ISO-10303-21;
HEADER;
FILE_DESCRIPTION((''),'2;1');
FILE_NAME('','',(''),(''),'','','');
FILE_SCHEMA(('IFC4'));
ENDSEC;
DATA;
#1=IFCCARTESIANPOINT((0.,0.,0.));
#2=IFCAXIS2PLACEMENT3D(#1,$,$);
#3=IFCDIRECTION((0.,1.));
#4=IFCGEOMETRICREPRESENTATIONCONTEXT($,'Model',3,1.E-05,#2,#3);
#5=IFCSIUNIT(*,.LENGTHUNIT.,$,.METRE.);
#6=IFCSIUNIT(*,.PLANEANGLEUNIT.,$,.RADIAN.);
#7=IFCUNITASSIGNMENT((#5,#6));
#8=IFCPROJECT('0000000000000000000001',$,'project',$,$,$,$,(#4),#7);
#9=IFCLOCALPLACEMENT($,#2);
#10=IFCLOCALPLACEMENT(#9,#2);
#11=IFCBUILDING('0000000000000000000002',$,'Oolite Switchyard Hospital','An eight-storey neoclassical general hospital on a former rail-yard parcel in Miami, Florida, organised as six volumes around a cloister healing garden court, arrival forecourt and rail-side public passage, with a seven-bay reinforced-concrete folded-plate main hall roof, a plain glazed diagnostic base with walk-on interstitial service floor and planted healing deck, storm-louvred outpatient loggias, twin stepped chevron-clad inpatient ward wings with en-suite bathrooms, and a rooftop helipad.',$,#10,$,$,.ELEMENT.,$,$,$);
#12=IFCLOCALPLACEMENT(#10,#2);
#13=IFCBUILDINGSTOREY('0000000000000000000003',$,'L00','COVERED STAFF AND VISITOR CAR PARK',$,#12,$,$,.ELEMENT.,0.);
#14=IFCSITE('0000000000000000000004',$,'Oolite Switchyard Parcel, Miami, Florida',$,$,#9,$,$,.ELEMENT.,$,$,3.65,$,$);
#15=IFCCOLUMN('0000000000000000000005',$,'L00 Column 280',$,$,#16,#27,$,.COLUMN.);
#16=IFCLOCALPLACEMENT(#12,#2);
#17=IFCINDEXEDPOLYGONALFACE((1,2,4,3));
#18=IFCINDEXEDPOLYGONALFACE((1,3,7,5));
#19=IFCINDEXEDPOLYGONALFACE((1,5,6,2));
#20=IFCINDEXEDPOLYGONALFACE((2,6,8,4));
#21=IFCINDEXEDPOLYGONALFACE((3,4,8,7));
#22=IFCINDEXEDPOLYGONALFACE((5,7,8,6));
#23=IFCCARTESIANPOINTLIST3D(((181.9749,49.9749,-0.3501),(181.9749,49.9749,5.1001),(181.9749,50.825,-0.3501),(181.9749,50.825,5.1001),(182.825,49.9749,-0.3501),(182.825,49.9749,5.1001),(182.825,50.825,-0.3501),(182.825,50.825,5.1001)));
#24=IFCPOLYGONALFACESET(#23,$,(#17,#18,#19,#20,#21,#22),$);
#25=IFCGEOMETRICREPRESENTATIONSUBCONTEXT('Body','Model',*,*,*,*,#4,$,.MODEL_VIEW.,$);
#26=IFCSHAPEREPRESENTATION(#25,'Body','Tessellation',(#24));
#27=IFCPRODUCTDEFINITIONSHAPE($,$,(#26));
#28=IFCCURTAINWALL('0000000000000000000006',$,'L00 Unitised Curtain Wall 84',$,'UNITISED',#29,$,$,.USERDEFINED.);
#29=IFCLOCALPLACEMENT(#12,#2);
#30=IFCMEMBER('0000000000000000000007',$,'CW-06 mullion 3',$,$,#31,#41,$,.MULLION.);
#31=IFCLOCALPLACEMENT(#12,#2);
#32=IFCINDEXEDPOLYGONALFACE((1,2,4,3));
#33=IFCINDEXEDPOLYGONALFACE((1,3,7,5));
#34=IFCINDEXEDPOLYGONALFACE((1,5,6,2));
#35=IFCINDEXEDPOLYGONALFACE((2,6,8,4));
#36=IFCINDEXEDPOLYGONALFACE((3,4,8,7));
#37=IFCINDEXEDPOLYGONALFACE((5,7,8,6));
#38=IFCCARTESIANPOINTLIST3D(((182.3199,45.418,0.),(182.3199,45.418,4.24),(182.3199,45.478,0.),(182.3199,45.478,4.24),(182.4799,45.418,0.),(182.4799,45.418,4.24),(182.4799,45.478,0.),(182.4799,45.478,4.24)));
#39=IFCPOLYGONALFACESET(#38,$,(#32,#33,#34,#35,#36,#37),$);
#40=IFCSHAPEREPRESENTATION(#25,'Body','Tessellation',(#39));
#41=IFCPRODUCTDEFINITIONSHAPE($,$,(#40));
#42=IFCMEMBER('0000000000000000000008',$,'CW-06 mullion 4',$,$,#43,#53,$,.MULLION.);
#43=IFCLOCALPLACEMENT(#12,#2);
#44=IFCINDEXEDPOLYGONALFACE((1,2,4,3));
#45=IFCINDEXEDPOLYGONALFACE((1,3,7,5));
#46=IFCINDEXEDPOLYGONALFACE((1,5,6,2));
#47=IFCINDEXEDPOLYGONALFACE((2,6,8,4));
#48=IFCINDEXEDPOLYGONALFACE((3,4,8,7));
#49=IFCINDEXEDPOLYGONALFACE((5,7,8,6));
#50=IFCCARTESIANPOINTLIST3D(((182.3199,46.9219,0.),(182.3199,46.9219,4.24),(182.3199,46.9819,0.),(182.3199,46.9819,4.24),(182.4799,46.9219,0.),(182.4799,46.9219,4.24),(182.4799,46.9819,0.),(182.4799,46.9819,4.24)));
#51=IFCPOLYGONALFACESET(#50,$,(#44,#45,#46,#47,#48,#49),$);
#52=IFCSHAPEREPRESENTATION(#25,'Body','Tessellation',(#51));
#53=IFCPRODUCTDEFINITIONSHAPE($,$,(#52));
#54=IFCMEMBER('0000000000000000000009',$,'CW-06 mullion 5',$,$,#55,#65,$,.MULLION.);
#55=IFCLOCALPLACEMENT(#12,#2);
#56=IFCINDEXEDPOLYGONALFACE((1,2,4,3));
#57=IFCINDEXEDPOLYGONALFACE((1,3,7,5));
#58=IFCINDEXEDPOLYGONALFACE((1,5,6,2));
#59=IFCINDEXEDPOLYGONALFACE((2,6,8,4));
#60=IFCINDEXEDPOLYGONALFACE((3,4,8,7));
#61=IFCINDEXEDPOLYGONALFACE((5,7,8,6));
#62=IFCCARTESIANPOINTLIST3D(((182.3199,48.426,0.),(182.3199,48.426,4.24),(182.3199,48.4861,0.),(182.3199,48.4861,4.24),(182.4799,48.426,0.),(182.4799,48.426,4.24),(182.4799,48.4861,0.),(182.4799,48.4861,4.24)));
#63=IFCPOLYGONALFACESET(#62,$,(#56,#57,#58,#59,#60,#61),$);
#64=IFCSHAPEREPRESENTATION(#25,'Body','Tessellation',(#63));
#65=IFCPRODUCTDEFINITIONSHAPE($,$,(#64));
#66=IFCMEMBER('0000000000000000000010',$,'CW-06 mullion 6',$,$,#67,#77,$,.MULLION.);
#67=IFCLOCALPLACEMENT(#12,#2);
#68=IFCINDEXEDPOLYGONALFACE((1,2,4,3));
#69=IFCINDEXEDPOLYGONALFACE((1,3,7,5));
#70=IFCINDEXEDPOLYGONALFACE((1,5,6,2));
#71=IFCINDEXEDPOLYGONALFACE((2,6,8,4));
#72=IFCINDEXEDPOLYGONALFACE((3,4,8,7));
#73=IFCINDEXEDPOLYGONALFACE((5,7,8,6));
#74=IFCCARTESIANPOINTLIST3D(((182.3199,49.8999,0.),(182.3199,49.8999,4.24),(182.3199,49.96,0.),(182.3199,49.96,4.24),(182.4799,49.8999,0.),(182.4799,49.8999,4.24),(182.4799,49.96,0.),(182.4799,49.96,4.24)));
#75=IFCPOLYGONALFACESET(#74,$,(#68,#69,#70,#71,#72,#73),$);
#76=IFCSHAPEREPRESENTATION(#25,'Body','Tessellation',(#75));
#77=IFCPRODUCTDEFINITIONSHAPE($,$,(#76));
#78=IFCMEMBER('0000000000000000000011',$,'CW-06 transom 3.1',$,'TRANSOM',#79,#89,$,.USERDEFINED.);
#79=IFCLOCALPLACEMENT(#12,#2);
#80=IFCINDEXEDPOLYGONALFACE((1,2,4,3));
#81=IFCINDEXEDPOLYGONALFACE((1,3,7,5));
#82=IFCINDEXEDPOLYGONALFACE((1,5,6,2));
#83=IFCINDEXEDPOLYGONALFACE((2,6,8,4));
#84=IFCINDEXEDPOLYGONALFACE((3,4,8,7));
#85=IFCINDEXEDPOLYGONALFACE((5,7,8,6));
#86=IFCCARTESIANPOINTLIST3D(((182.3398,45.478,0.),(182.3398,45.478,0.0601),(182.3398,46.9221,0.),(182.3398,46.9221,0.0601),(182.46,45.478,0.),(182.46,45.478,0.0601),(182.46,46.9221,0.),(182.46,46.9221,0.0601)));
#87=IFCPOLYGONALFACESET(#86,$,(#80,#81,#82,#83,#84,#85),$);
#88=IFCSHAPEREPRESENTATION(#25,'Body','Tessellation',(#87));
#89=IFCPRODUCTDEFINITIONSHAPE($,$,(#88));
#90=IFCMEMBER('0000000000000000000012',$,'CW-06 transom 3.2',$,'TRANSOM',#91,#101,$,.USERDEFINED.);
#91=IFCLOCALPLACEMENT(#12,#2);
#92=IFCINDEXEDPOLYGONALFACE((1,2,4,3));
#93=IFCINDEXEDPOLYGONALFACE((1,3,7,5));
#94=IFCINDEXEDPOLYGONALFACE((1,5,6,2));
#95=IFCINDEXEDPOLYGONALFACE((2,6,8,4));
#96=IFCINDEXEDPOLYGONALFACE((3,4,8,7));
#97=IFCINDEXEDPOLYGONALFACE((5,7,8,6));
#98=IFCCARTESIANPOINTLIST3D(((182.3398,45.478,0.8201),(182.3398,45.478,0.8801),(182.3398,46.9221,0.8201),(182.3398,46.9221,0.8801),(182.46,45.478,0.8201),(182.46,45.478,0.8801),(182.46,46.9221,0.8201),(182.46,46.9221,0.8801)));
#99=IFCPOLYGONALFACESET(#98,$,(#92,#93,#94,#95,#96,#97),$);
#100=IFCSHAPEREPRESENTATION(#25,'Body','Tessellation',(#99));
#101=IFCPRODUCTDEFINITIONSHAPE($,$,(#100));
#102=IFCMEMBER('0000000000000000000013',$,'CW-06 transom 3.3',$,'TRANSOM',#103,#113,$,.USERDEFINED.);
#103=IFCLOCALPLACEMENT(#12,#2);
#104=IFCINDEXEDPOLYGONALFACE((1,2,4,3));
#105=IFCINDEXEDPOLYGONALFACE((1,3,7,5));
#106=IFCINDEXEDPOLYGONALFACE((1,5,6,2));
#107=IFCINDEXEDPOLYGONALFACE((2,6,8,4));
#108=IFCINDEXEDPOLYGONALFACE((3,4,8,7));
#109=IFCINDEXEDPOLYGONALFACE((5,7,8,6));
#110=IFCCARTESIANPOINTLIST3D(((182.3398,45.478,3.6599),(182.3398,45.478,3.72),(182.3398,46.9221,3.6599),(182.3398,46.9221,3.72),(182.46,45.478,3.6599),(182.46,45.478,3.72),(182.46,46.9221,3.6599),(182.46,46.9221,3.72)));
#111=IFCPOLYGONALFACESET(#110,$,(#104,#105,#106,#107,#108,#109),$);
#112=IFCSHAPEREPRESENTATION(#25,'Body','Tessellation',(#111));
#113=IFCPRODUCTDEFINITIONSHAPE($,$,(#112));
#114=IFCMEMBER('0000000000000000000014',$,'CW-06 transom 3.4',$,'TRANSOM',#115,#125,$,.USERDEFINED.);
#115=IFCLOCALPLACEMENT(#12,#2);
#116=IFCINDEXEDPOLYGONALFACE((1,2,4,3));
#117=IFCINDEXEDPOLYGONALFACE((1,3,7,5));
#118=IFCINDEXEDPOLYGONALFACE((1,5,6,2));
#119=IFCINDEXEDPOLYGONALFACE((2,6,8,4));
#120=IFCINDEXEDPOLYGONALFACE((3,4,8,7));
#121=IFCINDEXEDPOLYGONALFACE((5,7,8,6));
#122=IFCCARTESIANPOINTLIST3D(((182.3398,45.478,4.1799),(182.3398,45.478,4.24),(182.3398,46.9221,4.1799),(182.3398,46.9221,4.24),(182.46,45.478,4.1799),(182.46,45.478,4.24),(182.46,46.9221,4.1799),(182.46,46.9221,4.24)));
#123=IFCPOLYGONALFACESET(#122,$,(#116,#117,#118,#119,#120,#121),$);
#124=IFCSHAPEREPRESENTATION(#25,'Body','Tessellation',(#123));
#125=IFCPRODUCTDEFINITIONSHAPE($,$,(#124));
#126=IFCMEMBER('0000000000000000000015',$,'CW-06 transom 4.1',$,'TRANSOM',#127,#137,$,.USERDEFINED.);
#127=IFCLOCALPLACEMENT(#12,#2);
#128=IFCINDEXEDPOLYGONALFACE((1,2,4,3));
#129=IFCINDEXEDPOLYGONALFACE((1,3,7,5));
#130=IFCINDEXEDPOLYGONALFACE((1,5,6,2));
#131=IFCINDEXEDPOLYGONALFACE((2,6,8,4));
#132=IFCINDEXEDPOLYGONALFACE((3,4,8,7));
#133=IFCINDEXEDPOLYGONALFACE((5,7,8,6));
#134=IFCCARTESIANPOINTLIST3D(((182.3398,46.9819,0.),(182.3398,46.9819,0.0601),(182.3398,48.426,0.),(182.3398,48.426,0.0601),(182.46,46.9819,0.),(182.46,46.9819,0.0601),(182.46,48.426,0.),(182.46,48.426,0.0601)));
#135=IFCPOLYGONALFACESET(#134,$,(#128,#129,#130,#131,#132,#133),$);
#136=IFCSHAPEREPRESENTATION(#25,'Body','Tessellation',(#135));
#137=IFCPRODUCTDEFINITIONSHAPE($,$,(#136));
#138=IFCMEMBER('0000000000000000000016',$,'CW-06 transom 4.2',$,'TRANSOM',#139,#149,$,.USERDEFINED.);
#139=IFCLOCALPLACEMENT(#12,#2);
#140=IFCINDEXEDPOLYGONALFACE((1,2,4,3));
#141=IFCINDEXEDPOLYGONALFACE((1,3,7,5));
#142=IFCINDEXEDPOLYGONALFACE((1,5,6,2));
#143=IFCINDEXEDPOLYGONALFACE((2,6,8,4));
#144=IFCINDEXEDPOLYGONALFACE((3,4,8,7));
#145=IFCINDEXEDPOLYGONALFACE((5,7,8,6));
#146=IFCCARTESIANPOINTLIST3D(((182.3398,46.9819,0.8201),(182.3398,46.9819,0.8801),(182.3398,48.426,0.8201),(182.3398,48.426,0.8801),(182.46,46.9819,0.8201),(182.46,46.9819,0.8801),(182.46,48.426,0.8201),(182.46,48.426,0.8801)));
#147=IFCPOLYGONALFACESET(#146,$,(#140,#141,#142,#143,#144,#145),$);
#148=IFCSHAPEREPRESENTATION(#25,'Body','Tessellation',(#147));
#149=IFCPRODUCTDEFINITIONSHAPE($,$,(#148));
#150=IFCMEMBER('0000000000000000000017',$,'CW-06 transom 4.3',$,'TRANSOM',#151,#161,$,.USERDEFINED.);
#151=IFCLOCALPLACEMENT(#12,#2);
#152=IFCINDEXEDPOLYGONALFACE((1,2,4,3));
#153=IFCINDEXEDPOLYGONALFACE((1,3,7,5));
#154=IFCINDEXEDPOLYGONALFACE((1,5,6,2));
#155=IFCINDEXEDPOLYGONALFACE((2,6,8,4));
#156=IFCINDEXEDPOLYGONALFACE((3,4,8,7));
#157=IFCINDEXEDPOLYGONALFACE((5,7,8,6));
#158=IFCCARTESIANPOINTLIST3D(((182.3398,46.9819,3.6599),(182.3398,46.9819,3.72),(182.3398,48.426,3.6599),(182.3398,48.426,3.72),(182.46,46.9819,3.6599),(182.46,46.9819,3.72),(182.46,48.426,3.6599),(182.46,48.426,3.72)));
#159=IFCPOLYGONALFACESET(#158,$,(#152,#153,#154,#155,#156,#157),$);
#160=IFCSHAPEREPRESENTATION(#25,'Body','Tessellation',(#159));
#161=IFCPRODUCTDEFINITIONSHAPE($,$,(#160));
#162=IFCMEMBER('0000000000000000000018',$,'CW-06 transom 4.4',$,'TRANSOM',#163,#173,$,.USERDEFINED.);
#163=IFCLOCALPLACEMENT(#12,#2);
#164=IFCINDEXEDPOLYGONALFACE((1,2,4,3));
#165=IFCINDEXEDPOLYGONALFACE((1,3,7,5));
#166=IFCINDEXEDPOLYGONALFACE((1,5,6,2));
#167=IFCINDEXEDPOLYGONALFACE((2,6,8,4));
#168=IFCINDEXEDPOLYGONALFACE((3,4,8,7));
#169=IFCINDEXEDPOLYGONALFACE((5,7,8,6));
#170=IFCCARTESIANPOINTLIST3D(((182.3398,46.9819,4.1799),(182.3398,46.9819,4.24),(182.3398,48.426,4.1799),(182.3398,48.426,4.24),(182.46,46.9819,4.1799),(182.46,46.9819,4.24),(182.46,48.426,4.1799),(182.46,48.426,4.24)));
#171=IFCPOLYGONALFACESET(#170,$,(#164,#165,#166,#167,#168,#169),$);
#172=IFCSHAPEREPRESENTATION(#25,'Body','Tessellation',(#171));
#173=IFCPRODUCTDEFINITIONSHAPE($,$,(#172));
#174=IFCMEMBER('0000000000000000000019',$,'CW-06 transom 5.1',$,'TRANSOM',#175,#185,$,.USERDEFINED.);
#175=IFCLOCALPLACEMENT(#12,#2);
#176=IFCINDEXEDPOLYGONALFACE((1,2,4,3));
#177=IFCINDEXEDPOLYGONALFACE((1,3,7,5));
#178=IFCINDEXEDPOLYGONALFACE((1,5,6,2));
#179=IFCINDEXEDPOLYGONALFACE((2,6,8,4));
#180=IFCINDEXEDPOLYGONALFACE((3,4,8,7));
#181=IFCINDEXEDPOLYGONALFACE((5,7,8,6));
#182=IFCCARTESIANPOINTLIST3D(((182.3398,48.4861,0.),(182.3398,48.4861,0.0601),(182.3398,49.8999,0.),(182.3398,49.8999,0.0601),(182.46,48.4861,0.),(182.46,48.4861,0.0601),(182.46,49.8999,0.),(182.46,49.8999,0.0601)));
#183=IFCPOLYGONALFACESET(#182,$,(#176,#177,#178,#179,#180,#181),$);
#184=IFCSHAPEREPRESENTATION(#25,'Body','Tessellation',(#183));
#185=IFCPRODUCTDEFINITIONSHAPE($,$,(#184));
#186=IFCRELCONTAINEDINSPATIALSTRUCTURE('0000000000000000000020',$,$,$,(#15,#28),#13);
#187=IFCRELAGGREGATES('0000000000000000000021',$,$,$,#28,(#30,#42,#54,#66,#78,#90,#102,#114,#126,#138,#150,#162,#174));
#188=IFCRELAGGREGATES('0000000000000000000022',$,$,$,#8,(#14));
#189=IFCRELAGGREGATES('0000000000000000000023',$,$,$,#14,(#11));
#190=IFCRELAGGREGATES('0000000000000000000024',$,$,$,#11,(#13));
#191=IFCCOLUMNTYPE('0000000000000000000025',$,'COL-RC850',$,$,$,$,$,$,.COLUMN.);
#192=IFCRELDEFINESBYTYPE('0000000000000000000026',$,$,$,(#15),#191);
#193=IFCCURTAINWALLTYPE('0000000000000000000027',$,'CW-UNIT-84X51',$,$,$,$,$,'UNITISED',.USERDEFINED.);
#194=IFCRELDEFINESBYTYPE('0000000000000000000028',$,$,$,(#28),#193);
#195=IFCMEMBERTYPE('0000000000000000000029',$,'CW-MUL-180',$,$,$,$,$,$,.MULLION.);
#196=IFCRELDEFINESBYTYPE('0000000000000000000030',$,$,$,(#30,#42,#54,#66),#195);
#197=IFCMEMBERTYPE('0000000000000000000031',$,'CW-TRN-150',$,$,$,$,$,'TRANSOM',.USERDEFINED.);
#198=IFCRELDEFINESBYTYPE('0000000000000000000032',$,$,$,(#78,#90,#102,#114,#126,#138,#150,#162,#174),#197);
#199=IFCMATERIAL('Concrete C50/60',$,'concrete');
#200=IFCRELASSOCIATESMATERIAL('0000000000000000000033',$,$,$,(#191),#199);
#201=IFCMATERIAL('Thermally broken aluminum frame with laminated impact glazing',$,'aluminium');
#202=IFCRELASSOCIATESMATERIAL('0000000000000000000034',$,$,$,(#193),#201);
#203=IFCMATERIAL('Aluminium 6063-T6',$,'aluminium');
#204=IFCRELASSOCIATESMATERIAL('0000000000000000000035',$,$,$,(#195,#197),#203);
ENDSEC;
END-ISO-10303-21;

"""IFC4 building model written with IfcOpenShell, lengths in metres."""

from ifc_helpers import new_model, si_unit, direction, frame, origin, origin_2d, place, context, subcontext, project, spatial, rectangle, extrude, material, material_profile, profile_set, type_object, element, aggregate, save


model = new_model("IFC4")

# Units and contexts
model_context = context("Model", 3, precision=1e-05, world=origin(), true_north=direction((0.0, 1.0)))
body_context = subcontext(model_context, "Body", "Model", "MODEL_VIEW")
ifc_project = project(units=[si_unit("LENGTHUNIT", "METRE"), si_unit("PLANEANGLEUNIT", "RADIAN")], contexts=[model_context])

# Site, building, storey
site_placement = place(None, origin())
site = spatial("IfcSite", under=ifc_project, at=site_placement, Name="Oolite Switchyard Parcel, Miami, Florida", CompositionType="ELEMENT", RefElevation=3.65)
building_placement = place(site_placement, origin())
building = spatial("IfcBuilding", under=site, at=building_placement, Name="Oolite Switchyard Hospital", Description="An eight-storey neoclassical general hospital on a former rail-yard parcel in Miami, Florida, organised as six volumes around a cloister healing garden court, arrival forecourt and rail-side public passage, with a seven-bay reinforced-concrete folded-plate main hall roof, a plain glazed diagnostic base with walk-on interstitial service floor and planted healing deck, storm-louvred outpatient loggias, twin stepped chevron-clad inpatient ward wings with en-suite bathrooms, and a rooftop helipad.", CompositionType="ELEMENT")
storey_placement = place(building_placement, origin())
storey = spatial("IfcBuildingStorey", under=building, at=storey_placement, Name="L00", Description="COVERED STAFF AND VISITOR CAR PARK", CompositionType="ELEMENT", Elevation=0.0)

# Column
ifc_material_1 = material(Name="Concrete C50/60", Category="concrete")
ifc_material_profile_1 = material_profile(ifc_material_1, rectangle(XDim=0.8501, YDim=0.8501, at=origin_2d()), Name="RC850X850")
ifc_profile_set_1 = profile_set([ifc_material_profile_1], Name="Concrete C50/60")
column_type = type_object("IfcColumnType", Name="COL-RC850", PredefinedType="COLUMN", material=ifc_profile_set_1)
column_placement = place(storey_placement, frame((182.3999, 50.3999, -0.3501), z_axis=(0.0, 0.0, 1.0), x_axis=(1.0, 0.0, 0.0)))
element("IfcColumn", 1, at=column_placement, inside=storey, type_object=column_type, Name="L00 Column 280", PredefinedType="COLUMN", context=body_context, shape_type="SweptSolid", body=[
    extrude(rectangle(XDim=0.8501, YDim=0.8501, at=origin_2d()), origin(), (0.0, 0.0, 1.0), 5.4502),
])

# Curtain wall, members
ifc_material_2 = material(Name="Thermally broken aluminum frame with laminated impact glazing", Category="aluminium")
curtain_wall_type = type_object("IfcCurtainWallType", Name="CW-UNIT-84X51", ElementType="UNITISED", PredefinedType="USERDEFINED", material=ifc_material_2)
curtain_wall_placement = place(storey_placement, origin())
curtain_wall = element("IfcCurtainWall", 2, at=curtain_wall_placement, inside=storey, type_object=curtain_wall_type, Name="L00 Unitised Curtain Wall 84", ObjectType="UNITISED", PredefinedType="USERDEFINED")
ifc_material_3 = material(Name="Aluminium 6063-T6", Category="aluminium")
ifc_material_profile_2 = material_profile(ifc_material_3, rectangle(XDim=0.1599, YDim=0.0601, at=origin_2d()), Name="CWM60X160")
ifc_profile_set_2 = profile_set([ifc_material_profile_2], Name="Aluminium 6063-T6")
member_type_1 = type_object("IfcMemberType", Name="CW-MUL-180", PredefinedType="MULLION", material=ifc_profile_set_2)
member_1_placement = place(storey_placement, frame((182.3999, 45.448, 0.0), z_axis=(0.0, 0.0, 1.0), x_axis=(-1.0, 0.0, 0.0)))
member_1 = element("IfcMember", 3, at=member_1_placement, type_object=member_type_1, Name="CW-06 mullion 3", PredefinedType="MULLION", context=body_context, shape_type="SweptSolid", body=[
    extrude(rectangle(XDim=0.1599, YDim=0.0601, at=origin_2d()), origin(), (0.0, 0.0, 1.0), 4.24),
])
member_2_placement = place(storey_placement, frame((182.3999, 46.9519, 0.0), z_axis=(0.0, 0.0, 1.0), x_axis=(-1.0, 0.0, 0.0)))
member_2 = element("IfcMember", 4, at=member_2_placement, type_object=member_type_1, Name="CW-06 mullion 4", PredefinedType="MULLION", context=body_context, shape_type="SweptSolid", body=[
    extrude(rectangle(XDim=0.1599, YDim=0.0601, at=origin_2d()), origin(), (0.0, 0.0, 1.0), 4.24),
])
member_3_placement = place(storey_placement, frame((182.3999, 48.4561, 0.0), z_axis=(0.0, 0.0, 1.0), x_axis=(-1.0, 0.0, 0.0)))
member_3 = element("IfcMember", 5, at=member_3_placement, type_object=member_type_1, Name="CW-06 mullion 5", PredefinedType="MULLION", context=body_context, shape_type="SweptSolid", body=[
    extrude(rectangle(XDim=0.1599, YDim=0.0601, at=origin_2d()), origin(), (0.0, 0.0, 1.0), 4.24),
])
member_4_placement = place(storey_placement, frame((182.3999, 49.9299, 0.0), z_axis=(0.0, 0.0, 1.0), x_axis=(-1.0, 0.0, 0.0)))
member_4 = element("IfcMember", 6, at=member_4_placement, type_object=member_type_1, Name="CW-06 mullion 6", PredefinedType="MULLION", context=body_context, shape_type="SweptSolid", body=[
    extrude(rectangle(XDim=0.1599, YDim=0.0601, at=origin_2d()), origin(), (0.0, 0.0, 1.0), 4.24),
])
ifc_material_profile_3 = material_profile(ifc_material_3, rectangle(XDim=0.1201, YDim=0.0601, at=origin_2d()), Name="CWT60X120")
ifc_profile_set_3 = profile_set([ifc_material_profile_3], Name="Aluminium 6063-T6")
member_type_2 = type_object("IfcMemberType", Name="CW-TRN-150", ElementType="TRANSOM", PredefinedType="USERDEFINED", material=ifc_profile_set_3)
member_5_placement = place(storey_placement, frame((182.3999, 45.478, 0.03), z_axis=(0.0, 1.0, 0.0), x_axis=(-1.0, 0.0, 0.0)))
member_5 = element("IfcMember", 7, at=member_5_placement, type_object=member_type_2, Name="CW-06 transom 3.1", ObjectType="TRANSOM", PredefinedType="USERDEFINED", context=body_context, shape_type="SweptSolid", body=[
    extrude(rectangle(XDim=0.1201, YDim=0.0601, at=origin_2d()), origin(), (0.0, 0.0, 1.0), 1.4441),
])
member_6_placement = place(storey_placement, frame((182.3999, 45.478, 0.8501), z_axis=(0.0, 1.0, 0.0), x_axis=(-1.0, 0.0, 0.0)))
member_6 = element("IfcMember", 8, at=member_6_placement, type_object=member_type_2, Name="CW-06 transom 3.2", ObjectType="TRANSOM", PredefinedType="USERDEFINED", context=body_context, shape_type="SweptSolid", body=[
    extrude(rectangle(XDim=0.1201, YDim=0.0601, at=origin_2d()), origin(), (0.0, 0.0, 1.0), 1.4441),
])
member_7_placement = place(storey_placement, frame((182.3999, 45.478, 3.6899), z_axis=(0.0, 1.0, 0.0), x_axis=(-1.0, 0.0, 0.0)))
member_7 = element("IfcMember", 9, at=member_7_placement, type_object=member_type_2, Name="CW-06 transom 3.3", ObjectType="TRANSOM", PredefinedType="USERDEFINED", context=body_context, shape_type="SweptSolid", body=[
    extrude(rectangle(XDim=0.1201, YDim=0.0601, at=origin_2d()), origin(), (0.0, 0.0, 1.0), 1.4441),
])
member_8_placement = place(storey_placement, frame((182.3999, 45.478, 4.21), z_axis=(0.0, 1.0, 0.0), x_axis=(-1.0, 0.0, 0.0)))
member_8 = element("IfcMember", 10, at=member_8_placement, type_object=member_type_2, Name="CW-06 transom 3.4", ObjectType="TRANSOM", PredefinedType="USERDEFINED", context=body_context, shape_type="SweptSolid", body=[
    extrude(rectangle(XDim=0.1201, YDim=0.0601, at=origin_2d()), origin(), (0.0, 0.0, 1.0), 1.4441),
])
member_9_placement = place(storey_placement, frame((182.3999, 46.9819, 0.03), z_axis=(0.0, 1.0, 0.0), x_axis=(-1.0, 0.0, 0.0)))
member_9 = element("IfcMember", 11, at=member_9_placement, type_object=member_type_2, Name="CW-06 transom 4.1", ObjectType="TRANSOM", PredefinedType="USERDEFINED", context=body_context, shape_type="SweptSolid", body=[
    extrude(rectangle(XDim=0.1201, YDim=0.0601, at=origin_2d()), origin(), (0.0, 0.0, 1.0), 1.4441),
])
member_10_placement = place(storey_placement, frame((182.3999, 46.9819, 0.8501), z_axis=(0.0, 1.0, 0.0), x_axis=(-1.0, 0.0, 0.0)))
member_10 = element("IfcMember", 12, at=member_10_placement, type_object=member_type_2, Name="CW-06 transom 4.2", ObjectType="TRANSOM", PredefinedType="USERDEFINED", context=body_context, shape_type="SweptSolid", body=[
    extrude(rectangle(XDim=0.1201, YDim=0.0601, at=origin_2d()), origin(), (0.0, 0.0, 1.0), 1.4441),
])
member_11_placement = place(storey_placement, frame((182.3999, 46.9819, 3.6899), z_axis=(0.0, 1.0, 0.0), x_axis=(-1.0, 0.0, 0.0)))
member_11 = element("IfcMember", 13, at=member_11_placement, type_object=member_type_2, Name="CW-06 transom 4.3", ObjectType="TRANSOM", PredefinedType="USERDEFINED", context=body_context, shape_type="SweptSolid", body=[
    extrude(rectangle(XDim=0.1201, YDim=0.0601, at=origin_2d()), origin(), (0.0, 0.0, 1.0), 1.4441),
])
member_12_placement = place(storey_placement, frame((182.3999, 46.9819, 4.21), z_axis=(0.0, 1.0, 0.0), x_axis=(-1.0, 0.0, 0.0)))
member_12 = element("IfcMember", 14, at=member_12_placement, type_object=member_type_2, Name="CW-06 transom 4.4", ObjectType="TRANSOM", PredefinedType="USERDEFINED", context=body_context, shape_type="SweptSolid", body=[
    extrude(rectangle(XDim=0.1201, YDim=0.0601, at=origin_2d()), origin(), (0.0, 0.0, 1.0), 1.4441),
])
member_13_placement = place(storey_placement, frame((182.3999, 48.4861, 0.03), z_axis=(0.0, 1.0, 0.0), x_axis=(-1.0, 0.0, 0.0)))
member_13 = element("IfcMember", 15, at=member_13_placement, type_object=member_type_2, Name="CW-06 transom 5.1", ObjectType="TRANSOM", PredefinedType="USERDEFINED", context=body_context, shape_type="SweptSolid", body=[
    extrude(rectangle(XDim=0.1201, YDim=0.0601, at=origin_2d()), origin(), (0.0, 0.0, 1.0), 1.4138),
])
aggregate(curtain_wall, [member_1, member_2, member_3, member_4, member_5, member_6, member_7, member_8, member_9, member_10, member_11, member_12, member_13])

save(model, "model.ifc")
